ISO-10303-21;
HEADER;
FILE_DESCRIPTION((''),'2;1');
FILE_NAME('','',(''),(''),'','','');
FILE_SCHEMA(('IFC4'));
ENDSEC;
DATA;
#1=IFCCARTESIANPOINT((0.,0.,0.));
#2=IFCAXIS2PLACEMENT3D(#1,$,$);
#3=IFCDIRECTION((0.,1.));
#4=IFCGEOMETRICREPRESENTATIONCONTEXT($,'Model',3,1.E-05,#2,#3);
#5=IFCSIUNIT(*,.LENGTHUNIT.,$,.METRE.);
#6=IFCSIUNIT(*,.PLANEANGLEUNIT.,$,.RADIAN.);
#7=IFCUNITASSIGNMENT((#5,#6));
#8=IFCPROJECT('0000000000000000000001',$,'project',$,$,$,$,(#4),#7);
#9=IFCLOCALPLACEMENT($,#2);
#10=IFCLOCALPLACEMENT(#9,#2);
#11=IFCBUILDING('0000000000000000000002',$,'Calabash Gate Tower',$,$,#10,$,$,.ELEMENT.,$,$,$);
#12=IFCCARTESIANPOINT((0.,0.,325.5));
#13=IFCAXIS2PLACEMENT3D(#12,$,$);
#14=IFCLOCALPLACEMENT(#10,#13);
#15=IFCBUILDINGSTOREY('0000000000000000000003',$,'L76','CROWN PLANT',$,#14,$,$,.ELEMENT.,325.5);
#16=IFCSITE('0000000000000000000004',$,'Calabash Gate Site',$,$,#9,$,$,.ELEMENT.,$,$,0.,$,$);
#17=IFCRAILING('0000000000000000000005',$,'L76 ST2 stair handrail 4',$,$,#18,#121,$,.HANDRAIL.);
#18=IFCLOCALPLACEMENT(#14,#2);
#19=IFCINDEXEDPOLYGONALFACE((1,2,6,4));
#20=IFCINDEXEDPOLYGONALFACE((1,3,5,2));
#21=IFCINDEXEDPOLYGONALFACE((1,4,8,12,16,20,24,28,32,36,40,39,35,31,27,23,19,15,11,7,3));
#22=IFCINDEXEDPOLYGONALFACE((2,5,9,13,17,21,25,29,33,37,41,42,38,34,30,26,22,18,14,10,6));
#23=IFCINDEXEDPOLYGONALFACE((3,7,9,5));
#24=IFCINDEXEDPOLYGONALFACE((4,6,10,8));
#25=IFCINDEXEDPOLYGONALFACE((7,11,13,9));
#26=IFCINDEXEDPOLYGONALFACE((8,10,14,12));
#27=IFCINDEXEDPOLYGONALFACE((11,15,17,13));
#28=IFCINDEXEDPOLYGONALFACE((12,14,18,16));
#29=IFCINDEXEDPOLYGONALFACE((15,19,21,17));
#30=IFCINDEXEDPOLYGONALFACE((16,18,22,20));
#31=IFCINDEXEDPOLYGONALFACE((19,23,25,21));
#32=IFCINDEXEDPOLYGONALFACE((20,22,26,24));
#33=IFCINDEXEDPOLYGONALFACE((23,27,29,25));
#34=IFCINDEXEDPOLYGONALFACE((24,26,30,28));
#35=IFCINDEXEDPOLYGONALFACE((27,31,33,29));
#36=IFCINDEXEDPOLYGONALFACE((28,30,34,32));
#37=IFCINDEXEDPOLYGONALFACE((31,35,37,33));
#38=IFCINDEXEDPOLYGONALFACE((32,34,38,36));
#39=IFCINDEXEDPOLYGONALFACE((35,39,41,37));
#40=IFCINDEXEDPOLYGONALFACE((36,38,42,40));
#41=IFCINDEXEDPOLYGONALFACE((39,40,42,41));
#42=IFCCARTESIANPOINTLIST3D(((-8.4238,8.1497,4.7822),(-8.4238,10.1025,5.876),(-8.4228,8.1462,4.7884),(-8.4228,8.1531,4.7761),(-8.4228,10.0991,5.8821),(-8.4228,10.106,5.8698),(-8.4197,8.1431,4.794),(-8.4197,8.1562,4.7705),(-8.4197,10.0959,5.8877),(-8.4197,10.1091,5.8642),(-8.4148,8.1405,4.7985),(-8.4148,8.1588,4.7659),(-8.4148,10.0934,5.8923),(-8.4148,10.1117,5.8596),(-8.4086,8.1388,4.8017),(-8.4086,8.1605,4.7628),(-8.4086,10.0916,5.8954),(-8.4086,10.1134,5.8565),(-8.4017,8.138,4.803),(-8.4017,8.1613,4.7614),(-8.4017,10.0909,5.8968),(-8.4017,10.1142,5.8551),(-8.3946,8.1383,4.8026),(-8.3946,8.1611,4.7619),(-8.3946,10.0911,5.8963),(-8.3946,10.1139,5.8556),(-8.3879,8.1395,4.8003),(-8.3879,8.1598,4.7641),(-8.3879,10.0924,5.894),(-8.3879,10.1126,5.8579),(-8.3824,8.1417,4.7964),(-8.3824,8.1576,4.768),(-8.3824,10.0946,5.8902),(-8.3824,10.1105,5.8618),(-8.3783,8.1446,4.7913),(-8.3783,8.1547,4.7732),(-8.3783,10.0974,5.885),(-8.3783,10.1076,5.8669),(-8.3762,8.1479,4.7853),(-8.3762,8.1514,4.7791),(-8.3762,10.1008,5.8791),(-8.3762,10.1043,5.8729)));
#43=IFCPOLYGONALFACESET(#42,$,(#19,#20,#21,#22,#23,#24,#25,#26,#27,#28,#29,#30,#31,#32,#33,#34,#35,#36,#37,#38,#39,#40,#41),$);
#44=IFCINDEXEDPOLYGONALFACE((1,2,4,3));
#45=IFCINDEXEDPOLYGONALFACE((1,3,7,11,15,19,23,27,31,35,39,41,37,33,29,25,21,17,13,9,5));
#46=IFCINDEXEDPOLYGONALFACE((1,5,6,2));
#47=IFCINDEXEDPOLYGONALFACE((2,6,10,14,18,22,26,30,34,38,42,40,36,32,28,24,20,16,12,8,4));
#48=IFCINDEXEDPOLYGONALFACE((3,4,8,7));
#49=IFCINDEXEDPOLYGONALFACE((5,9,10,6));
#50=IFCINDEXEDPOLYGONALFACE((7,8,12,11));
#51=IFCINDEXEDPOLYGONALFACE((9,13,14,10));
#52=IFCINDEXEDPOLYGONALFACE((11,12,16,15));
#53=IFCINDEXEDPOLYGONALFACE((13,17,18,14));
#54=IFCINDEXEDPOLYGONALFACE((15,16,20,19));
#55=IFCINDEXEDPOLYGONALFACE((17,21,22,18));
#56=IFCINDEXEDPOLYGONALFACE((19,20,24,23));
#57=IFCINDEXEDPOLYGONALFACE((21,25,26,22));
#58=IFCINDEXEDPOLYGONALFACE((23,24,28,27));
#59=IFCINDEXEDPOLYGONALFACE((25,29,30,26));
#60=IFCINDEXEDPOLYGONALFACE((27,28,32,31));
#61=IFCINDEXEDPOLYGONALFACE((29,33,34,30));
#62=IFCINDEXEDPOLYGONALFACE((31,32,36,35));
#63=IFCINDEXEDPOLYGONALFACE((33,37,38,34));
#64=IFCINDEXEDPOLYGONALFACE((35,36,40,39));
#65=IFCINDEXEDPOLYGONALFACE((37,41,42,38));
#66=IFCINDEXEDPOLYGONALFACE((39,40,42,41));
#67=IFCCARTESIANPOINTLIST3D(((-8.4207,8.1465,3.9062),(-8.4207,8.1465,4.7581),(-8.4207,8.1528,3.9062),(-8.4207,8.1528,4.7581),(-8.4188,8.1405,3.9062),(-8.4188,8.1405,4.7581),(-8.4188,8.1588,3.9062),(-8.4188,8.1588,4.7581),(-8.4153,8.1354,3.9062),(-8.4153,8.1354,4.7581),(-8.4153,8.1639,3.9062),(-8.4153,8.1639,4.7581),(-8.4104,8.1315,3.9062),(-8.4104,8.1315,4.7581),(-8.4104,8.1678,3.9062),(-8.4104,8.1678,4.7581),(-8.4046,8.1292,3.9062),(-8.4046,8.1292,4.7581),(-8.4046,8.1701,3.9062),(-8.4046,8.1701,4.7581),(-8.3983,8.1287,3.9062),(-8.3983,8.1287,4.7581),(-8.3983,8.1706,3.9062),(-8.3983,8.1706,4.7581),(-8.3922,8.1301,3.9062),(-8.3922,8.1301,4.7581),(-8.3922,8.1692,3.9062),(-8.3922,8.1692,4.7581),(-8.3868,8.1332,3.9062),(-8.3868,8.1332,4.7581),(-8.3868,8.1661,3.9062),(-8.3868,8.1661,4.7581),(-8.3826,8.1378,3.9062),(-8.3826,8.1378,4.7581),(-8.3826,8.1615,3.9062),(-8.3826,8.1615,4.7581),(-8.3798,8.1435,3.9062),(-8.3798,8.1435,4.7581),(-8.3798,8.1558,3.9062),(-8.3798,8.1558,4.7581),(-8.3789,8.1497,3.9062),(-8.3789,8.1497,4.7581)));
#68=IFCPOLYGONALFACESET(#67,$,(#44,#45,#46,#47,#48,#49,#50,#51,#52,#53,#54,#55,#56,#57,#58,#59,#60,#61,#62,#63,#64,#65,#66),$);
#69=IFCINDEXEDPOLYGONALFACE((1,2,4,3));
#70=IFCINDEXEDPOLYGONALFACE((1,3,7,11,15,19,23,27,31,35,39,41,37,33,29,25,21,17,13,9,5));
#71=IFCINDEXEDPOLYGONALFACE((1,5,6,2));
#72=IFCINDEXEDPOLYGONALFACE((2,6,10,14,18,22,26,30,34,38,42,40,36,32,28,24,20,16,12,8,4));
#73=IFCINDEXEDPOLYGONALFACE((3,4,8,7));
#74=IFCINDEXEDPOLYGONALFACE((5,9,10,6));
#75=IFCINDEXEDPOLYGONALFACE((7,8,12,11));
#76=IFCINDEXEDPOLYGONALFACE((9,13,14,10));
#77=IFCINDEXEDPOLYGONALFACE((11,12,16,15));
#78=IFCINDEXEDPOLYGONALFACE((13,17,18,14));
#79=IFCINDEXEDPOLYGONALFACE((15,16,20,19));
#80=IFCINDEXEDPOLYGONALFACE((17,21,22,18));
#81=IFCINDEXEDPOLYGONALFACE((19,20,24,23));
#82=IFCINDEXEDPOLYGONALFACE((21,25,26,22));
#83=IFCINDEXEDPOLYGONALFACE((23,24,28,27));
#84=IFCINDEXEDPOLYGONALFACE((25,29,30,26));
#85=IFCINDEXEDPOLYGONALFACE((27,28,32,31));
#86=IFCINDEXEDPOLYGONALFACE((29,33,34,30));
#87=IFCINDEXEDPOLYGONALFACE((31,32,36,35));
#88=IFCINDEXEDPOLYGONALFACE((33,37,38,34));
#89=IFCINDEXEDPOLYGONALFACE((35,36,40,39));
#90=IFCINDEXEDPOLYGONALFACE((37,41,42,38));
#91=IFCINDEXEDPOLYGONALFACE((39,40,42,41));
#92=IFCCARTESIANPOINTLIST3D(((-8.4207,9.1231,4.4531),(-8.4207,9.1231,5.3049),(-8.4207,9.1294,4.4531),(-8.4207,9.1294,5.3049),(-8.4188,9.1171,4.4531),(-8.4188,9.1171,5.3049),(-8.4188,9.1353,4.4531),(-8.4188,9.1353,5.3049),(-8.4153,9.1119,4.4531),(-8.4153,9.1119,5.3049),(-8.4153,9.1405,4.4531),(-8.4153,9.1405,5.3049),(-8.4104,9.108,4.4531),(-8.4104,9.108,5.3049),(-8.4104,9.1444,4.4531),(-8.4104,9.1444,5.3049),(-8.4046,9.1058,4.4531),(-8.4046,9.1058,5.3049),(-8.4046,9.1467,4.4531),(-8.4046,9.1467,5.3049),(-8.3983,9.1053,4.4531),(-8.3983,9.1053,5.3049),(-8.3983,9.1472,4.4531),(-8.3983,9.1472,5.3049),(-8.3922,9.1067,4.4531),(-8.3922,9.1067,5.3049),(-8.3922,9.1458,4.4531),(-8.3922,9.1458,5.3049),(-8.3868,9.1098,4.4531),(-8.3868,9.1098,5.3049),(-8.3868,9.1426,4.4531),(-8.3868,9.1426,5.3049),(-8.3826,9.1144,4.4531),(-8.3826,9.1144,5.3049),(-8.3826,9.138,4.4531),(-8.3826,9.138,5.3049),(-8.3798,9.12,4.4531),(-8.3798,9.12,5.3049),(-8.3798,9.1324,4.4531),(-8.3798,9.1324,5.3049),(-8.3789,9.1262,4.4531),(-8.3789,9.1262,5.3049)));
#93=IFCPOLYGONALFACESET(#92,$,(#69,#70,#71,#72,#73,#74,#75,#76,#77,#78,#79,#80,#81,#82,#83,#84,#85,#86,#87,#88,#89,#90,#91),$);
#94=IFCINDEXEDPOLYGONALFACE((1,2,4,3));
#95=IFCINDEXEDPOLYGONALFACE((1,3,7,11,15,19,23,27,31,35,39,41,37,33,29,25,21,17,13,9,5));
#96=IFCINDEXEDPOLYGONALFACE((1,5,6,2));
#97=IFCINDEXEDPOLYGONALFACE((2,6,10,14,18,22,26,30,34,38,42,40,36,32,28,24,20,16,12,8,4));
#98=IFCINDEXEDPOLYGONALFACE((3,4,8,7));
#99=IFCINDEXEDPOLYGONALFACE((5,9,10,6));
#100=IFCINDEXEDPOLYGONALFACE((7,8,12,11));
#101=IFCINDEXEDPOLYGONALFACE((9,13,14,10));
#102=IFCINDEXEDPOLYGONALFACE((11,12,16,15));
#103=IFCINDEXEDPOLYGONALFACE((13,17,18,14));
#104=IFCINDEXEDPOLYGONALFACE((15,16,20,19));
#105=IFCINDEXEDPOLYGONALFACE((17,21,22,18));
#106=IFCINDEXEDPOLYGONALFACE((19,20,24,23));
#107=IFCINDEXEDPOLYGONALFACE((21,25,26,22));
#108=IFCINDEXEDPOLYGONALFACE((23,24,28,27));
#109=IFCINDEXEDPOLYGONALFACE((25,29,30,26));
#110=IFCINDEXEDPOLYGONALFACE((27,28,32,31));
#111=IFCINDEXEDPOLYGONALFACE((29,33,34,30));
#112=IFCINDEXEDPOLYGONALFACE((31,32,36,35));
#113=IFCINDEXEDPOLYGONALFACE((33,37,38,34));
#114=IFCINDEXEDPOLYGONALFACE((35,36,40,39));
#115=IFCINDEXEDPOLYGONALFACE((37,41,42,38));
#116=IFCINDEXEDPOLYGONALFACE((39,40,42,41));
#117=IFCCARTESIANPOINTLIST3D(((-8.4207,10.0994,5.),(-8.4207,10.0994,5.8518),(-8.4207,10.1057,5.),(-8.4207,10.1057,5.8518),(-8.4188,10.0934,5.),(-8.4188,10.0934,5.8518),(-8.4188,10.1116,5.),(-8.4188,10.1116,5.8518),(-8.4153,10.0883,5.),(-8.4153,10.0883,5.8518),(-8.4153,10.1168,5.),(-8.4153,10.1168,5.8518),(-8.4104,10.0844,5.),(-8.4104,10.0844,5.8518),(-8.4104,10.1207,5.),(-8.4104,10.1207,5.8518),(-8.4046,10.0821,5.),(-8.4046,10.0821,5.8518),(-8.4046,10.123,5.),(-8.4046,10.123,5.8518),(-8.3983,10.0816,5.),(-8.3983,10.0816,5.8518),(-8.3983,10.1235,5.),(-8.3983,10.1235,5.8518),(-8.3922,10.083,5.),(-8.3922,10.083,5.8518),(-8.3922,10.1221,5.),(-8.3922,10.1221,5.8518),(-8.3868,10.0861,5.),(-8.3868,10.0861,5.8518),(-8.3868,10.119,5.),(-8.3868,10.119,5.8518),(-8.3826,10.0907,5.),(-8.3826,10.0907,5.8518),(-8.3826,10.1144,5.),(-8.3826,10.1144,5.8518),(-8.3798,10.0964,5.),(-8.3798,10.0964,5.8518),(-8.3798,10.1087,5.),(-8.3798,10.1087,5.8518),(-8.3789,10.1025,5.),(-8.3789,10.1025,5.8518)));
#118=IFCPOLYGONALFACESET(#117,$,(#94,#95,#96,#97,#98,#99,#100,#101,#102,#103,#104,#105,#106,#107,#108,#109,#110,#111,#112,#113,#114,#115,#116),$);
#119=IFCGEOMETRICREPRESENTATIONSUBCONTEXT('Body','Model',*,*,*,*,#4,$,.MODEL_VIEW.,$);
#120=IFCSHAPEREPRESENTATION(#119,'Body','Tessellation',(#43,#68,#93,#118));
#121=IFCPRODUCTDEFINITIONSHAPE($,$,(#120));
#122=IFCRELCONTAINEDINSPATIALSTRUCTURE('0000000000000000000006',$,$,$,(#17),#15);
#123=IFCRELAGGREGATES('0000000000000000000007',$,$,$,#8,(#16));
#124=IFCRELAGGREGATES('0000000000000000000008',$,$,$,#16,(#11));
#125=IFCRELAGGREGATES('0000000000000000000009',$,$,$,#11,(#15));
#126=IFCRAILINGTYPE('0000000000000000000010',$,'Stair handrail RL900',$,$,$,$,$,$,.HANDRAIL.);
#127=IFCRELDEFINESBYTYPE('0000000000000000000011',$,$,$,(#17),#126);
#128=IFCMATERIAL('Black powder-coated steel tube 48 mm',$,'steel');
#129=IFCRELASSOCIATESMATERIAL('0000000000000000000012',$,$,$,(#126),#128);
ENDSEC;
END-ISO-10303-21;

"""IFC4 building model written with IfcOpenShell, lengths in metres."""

from ifc_helpers import new_model, si_unit, direction, frame, origin, origin_2d, place, context, subcontext, project, spatial, circle, extrude, material, type_object, element, save


model = new_model("IFC4")

# Units and contexts
model_context = context("Model", 3, precision=1e-05, world=origin(), true_north=direction((0.0, 1.0)))
body_context = subcontext(model_context, "Body", "Model", "MODEL_VIEW")
ifc_project = project(units=[si_unit("LENGTHUNIT", "METRE"), si_unit("PLANEANGLEUNIT", "RADIAN")], contexts=[model_context])

# Site, building, storey
site_placement = place(None, origin())
site = spatial("IfcSite", under=ifc_project, at=site_placement, Name="Calabash Gate Site", CompositionType="ELEMENT", RefElevation=0.0)
building_placement = place(site_placement, origin())
building = spatial("IfcBuilding", under=site, at=building_placement, Name="Calabash Gate Tower", CompositionType="ELEMENT")
storey_placement = place(building_placement, frame((0.0, 0.0, 325.5)))
storey = spatial("IfcBuildingStorey", under=building, at=storey_placement, Name="L76", Description="CROWN PLANT", CompositionType="ELEMENT", Elevation=325.5)

# Railing
ifc_material_1 = material(Name="Black powder-coated steel tube 48 mm", Category="steel")
railing_type_1 = type_object("IfcRailingType", Name="Stair handrail RL900", PredefinedType="HANDRAIL", material=ifc_material_1)
for number, where, name in (
    (1, (-8.3999, 8.1497, 3.9062), "L76 ST2 stair handrail 4"),
):
    element("IfcRailing", number, at=place(storey_placement, frame(where)), inside=storey, type_object=railing_type_1, Name=name, PredefinedType="HANDRAIL", context=body_context, shape_type="SweptSolid", body=[
        extrude(circle(Radius=0.0239, at=origin_2d()), frame((0.0, 0.0, 0.876), z_axis=(0.0, 0.87248, 0.48865), x_axis=(-1.0, 0.0, 0.0)), (0.0, 0.0, 1.0), 2.2383),
        extrude(circle(Radius=0.021, at=origin_2d()), origin(), (0.0, 0.0, 1.0), 0.8518),
        extrude(circle(Radius=0.021, at=origin_2d()), frame((0.0, 0.9766, 0.5469)), (0.0, 0.0, 1.0), 0.8518),
        extrude(circle(Radius=0.021, at=origin_2d()), frame((0.0, 1.9529, 1.0938)), (0.0, 0.0, 1.0), 0.8518),
    ])

save(model, "model.ifc")
